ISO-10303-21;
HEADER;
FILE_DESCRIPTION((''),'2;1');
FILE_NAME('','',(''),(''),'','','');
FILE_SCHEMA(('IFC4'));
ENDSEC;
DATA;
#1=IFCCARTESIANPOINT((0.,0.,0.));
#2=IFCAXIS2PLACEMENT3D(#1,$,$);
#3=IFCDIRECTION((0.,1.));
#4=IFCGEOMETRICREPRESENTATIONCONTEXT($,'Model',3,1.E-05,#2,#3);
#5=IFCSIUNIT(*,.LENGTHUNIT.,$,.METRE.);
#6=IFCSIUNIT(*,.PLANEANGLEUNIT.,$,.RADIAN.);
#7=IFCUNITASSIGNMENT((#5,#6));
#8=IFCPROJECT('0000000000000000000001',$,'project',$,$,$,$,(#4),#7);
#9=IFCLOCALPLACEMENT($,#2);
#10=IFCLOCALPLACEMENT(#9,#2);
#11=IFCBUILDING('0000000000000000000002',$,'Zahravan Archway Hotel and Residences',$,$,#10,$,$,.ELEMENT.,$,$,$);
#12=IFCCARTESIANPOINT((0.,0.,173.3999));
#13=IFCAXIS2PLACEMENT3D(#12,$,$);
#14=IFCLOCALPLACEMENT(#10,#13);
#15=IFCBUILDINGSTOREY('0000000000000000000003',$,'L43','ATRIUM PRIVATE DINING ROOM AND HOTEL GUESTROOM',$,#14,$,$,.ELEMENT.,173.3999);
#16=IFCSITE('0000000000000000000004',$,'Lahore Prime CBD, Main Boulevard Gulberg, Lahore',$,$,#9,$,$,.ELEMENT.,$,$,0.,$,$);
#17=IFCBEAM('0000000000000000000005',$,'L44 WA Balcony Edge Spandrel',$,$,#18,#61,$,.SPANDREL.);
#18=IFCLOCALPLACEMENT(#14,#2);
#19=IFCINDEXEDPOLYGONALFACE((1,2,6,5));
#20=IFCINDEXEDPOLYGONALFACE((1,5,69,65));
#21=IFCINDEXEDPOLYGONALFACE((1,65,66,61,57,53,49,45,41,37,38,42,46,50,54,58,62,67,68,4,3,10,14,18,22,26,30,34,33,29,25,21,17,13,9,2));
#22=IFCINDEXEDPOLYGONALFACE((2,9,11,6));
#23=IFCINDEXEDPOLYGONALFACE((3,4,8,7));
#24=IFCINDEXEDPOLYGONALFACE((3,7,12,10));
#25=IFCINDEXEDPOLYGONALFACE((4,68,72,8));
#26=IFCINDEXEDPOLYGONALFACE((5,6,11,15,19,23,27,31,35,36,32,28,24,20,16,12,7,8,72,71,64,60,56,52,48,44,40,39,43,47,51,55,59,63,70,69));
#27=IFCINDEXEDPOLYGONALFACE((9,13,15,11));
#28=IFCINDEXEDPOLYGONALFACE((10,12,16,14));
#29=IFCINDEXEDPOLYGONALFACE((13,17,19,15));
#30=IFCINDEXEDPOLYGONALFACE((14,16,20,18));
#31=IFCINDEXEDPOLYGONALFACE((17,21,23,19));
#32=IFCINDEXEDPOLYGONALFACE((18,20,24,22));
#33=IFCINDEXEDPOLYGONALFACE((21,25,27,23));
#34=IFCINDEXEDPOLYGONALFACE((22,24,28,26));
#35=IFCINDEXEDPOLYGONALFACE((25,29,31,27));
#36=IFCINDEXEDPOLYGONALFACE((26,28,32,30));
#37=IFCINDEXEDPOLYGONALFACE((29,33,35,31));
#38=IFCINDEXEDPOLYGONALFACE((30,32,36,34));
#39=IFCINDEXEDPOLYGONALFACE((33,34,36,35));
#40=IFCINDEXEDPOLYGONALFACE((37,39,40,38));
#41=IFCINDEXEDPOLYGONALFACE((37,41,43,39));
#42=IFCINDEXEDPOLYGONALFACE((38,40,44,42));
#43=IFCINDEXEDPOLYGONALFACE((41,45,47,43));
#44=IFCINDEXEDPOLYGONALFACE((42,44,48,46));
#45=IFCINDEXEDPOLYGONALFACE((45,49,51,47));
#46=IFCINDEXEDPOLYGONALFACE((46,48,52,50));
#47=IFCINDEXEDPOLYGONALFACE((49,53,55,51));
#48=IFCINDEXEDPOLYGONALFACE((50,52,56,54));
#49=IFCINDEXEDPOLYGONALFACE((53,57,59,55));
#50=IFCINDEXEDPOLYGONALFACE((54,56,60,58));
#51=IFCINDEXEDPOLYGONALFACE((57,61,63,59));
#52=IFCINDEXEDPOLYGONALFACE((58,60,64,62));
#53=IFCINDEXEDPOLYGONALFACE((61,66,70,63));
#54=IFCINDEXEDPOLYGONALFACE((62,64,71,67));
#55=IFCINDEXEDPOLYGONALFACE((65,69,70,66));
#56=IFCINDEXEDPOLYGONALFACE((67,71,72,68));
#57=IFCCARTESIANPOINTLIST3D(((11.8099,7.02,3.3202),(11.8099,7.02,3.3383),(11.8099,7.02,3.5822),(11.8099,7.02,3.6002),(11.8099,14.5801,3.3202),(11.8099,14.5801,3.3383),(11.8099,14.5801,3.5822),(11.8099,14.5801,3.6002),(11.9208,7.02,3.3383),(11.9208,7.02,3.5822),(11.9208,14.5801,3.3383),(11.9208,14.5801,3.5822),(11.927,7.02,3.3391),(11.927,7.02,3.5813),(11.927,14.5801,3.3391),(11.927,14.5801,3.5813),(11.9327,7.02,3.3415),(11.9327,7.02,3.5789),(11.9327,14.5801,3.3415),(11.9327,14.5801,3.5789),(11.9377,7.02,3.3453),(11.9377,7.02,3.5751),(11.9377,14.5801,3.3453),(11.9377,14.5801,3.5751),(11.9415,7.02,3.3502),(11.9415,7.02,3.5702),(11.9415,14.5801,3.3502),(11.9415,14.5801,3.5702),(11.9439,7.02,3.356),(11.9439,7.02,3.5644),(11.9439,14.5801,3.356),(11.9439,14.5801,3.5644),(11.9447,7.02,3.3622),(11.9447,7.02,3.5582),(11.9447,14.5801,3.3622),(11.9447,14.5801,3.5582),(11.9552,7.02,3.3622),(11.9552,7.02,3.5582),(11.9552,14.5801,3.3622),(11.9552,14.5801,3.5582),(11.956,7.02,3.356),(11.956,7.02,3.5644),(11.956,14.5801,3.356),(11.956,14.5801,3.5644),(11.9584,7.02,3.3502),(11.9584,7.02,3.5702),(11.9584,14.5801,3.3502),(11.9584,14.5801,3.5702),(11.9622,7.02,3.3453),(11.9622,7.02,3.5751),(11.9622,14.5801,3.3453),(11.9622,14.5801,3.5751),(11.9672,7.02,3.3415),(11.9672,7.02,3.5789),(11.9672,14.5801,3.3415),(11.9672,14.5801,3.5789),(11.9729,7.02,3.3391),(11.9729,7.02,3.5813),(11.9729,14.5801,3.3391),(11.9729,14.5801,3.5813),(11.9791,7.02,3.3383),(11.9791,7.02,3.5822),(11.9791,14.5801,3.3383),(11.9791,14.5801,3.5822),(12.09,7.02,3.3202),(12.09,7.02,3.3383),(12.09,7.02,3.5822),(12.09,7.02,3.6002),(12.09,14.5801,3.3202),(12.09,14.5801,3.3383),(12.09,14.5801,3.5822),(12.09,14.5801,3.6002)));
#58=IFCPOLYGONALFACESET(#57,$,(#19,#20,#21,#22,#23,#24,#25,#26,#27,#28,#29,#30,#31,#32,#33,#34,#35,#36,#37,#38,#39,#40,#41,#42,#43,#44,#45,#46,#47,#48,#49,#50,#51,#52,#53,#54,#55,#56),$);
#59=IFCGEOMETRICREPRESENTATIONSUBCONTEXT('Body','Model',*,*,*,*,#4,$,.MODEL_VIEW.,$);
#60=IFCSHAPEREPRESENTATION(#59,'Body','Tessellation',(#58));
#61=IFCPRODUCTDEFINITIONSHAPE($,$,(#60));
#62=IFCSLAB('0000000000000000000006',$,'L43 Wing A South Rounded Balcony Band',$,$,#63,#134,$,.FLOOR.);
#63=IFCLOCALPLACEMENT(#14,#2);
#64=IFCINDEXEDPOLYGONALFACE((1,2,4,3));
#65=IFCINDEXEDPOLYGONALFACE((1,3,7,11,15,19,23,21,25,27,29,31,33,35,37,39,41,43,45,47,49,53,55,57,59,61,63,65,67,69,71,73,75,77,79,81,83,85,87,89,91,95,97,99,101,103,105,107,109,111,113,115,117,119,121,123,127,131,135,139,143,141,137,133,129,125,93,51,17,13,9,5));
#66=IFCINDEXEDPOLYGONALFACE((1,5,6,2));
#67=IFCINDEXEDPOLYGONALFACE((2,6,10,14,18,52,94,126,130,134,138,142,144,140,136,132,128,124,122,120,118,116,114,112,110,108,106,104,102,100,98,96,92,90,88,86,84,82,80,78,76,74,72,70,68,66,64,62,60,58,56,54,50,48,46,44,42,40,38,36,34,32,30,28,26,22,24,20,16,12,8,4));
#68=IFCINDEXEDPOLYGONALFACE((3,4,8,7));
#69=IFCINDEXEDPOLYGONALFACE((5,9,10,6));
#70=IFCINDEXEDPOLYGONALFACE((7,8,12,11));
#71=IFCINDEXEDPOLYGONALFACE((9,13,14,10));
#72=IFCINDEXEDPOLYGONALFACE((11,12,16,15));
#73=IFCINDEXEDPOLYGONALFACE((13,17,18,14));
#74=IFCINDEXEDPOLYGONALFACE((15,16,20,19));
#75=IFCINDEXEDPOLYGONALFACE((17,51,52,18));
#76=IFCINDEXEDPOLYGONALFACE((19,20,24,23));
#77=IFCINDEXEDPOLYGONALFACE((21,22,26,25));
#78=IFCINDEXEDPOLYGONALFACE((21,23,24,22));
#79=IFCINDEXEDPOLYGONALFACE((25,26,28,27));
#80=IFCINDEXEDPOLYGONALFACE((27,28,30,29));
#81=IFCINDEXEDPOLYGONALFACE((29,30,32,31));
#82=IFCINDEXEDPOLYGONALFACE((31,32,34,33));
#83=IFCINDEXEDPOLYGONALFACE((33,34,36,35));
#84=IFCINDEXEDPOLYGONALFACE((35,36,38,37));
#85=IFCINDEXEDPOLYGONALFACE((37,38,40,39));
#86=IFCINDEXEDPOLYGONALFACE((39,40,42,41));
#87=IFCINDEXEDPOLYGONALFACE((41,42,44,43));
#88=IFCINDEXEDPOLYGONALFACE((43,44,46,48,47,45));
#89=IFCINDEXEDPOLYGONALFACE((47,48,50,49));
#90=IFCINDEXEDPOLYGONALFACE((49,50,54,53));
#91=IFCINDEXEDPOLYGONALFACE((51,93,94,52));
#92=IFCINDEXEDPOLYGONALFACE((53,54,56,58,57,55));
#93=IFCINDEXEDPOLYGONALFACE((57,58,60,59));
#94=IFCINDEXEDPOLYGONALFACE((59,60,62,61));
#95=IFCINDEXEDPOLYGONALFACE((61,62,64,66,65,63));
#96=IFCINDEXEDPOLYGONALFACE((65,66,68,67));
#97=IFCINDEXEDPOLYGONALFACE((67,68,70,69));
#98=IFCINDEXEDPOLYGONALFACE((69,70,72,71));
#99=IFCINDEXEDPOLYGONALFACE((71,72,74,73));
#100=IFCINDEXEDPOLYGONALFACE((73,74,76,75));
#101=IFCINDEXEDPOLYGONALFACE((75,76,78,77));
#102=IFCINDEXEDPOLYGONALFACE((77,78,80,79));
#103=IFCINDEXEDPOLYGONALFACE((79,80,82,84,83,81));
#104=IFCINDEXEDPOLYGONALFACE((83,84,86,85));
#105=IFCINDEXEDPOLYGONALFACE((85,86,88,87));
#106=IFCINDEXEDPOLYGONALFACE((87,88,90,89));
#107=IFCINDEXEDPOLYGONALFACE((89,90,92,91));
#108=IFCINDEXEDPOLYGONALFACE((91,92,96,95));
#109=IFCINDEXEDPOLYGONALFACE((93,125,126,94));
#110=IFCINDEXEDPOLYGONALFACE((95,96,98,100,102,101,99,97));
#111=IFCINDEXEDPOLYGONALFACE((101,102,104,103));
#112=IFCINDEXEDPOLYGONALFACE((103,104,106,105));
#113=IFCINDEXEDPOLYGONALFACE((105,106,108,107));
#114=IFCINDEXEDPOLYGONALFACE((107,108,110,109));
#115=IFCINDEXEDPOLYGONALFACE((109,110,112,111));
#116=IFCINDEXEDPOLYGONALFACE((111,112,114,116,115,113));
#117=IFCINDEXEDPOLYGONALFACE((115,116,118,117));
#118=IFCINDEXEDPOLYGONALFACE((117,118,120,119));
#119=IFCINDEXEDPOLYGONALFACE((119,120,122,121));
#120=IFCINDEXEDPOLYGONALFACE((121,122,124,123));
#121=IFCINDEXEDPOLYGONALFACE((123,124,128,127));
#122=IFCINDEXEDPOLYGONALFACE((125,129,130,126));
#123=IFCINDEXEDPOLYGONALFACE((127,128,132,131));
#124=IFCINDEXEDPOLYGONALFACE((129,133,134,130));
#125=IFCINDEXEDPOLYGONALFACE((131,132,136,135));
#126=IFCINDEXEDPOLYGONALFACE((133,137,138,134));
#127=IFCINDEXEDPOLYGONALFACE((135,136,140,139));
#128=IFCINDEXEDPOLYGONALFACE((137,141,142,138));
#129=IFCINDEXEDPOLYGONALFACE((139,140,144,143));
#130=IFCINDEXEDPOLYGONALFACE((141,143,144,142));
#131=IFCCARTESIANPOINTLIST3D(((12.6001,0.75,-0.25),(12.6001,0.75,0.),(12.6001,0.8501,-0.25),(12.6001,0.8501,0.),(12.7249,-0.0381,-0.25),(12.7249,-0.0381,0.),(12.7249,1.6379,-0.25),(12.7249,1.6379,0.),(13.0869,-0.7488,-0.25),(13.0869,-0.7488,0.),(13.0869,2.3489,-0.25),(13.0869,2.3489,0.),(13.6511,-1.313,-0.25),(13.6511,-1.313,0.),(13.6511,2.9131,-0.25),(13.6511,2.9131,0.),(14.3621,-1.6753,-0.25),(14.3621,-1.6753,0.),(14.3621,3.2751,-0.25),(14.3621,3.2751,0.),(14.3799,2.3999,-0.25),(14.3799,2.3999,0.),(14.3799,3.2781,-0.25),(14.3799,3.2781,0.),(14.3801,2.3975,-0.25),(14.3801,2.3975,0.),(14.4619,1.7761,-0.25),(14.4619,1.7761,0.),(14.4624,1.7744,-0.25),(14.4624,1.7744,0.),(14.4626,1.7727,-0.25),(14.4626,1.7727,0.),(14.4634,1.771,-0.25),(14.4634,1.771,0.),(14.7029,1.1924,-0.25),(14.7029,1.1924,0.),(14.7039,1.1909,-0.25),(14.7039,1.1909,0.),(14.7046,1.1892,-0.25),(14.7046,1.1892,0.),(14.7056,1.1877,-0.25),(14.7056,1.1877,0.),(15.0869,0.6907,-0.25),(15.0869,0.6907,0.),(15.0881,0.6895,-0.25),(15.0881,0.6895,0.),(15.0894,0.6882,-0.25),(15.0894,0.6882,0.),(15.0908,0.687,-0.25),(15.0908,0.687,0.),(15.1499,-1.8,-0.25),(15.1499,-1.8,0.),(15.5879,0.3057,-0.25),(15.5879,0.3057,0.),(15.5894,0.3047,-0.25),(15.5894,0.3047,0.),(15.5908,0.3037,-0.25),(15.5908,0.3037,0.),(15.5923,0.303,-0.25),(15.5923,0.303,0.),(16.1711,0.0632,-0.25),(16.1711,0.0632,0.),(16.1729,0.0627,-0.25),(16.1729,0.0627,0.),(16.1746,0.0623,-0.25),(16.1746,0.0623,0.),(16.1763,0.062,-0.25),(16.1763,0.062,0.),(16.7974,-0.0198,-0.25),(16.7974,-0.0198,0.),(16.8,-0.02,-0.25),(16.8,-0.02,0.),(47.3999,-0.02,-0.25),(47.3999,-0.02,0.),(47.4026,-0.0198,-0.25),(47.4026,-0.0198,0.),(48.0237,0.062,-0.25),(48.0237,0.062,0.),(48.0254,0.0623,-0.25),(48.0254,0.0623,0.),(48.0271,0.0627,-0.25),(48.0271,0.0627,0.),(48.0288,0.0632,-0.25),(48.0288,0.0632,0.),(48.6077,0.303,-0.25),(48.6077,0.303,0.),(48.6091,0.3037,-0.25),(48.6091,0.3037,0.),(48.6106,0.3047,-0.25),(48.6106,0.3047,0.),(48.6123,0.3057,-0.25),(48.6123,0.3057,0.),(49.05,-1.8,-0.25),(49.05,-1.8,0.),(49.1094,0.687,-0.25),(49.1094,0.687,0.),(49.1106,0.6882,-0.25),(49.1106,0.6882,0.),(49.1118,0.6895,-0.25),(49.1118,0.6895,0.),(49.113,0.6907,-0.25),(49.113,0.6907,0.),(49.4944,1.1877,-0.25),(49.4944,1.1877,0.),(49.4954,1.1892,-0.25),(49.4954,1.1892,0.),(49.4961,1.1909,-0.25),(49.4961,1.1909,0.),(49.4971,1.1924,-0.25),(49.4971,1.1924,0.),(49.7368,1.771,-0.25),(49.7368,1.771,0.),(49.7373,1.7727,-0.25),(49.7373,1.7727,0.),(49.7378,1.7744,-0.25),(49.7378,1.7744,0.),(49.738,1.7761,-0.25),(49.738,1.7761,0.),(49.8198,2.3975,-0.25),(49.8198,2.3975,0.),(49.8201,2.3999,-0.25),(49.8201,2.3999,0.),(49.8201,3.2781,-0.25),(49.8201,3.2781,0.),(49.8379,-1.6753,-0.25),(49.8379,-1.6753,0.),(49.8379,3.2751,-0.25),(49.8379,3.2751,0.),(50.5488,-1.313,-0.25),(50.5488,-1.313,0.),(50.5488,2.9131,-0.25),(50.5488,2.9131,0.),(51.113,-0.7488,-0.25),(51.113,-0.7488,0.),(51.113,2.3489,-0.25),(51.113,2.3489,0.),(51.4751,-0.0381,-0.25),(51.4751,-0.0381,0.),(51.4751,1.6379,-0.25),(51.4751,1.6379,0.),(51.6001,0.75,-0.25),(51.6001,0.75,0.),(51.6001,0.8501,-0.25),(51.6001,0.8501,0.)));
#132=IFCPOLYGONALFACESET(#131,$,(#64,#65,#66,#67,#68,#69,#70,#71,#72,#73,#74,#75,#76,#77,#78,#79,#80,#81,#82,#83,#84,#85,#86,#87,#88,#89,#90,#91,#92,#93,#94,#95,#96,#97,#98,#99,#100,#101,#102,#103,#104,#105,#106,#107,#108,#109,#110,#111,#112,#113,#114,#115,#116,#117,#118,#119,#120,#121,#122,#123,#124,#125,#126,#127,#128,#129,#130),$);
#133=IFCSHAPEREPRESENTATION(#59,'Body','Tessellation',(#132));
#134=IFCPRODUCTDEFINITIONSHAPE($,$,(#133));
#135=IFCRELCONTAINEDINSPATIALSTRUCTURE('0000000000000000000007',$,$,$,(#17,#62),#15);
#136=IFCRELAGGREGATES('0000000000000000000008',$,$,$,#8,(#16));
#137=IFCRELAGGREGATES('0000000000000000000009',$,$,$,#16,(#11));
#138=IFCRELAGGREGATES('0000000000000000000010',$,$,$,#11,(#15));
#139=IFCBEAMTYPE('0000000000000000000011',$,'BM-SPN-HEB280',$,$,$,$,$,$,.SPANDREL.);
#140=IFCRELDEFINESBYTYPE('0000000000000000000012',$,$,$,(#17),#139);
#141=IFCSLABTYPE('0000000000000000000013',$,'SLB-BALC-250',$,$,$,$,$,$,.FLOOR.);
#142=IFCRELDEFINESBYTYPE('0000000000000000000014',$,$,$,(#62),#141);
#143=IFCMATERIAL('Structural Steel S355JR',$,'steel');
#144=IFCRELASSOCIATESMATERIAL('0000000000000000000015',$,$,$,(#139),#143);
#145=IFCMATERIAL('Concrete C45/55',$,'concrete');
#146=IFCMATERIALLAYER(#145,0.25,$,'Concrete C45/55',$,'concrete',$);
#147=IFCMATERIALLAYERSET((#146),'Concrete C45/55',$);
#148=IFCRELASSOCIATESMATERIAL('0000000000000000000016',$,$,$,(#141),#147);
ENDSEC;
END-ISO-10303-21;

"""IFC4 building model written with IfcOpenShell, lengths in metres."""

from ifc_helpers import new_model, si_unit, direction, frame, origin, origin_2d, place, context, subcontext, project, spatial, polyline, i_section, outline, extrude, source, transform, mapped, material, layer, layer_set, material_profile, profile_set, type_object, type_shapes, element, save


model = new_model("IFC4")

# Units and contexts
model_context = context("Model", 3, precision=1e-05, world=origin(), true_north=direction((0.0, 1.0)))
body_context = subcontext(model_context, "Body", "Model", "MODEL_VIEW")
ifc_project = project(units=[si_unit("LENGTHUNIT", "METRE"), si_unit("PLANEANGLEUNIT", "RADIAN")], contexts=[model_context])

# Site, building, storey
site_placement = place(None, origin())
site = spatial("IfcSite", under=ifc_project, at=site_placement, Name="Lahore Prime CBD, Main Boulevard Gulberg, Lahore", CompositionType="ELEMENT", RefElevation=0.0)
building_placement = place(site_placement, origin())
building = spatial("IfcBuilding", under=site, at=building_placement, Name="Zahravan Archway Hotel and Residences", CompositionType="ELEMENT")
storey_placement = place(building_placement, frame((0.0, 0.0, 173.3999)))
storey = spatial("IfcBuildingStorey", under=building, at=storey_placement, Name="L43", Description="ATRIUM PRIVATE DINING ROOM AND HOTEL GUESTROOM", CompositionType="ELEMENT", Elevation=173.3999)

# Beam
ifc_material_1 = material(Name="Structural Steel S355JR", Category="steel")
ifc_material_profile = material_profile(ifc_material_1, i_section(OverallWidth=0.28, OverallDepth=0.28, WebThickness=0.0105, FlangeThickness=0.0181, FilletRadius=0.0239, at=origin_2d()), Name="HEB 280", Category="steel")
ifc_profile_set = profile_set([ifc_material_profile], Name="Structural Steel S355JR")
beam_type = type_object("IfcBeamType", Name="BM-SPN-HEB280", PredefinedType="SPANDREL", material=ifc_profile_set)
shared_shape = source(origin(), body_context, "Body", "SweptSolid", [
    extrude(i_section(OverallWidth=0.28, OverallDepth=0.28, WebThickness=0.0105, FlangeThickness=0.0181, FilletRadius=0.0239, at=origin_2d()), origin(), (0.0, 0.0, 1.0), 7.5601),
])
type_shapes(beam_type, [shared_shape])
beam_placement = place(storey_placement, frame((11.95, 7.02, 3.4602), z_axis=(0.0, 1.0, 0.0), x_axis=(-1.0, 0.0, 0.0)))
element("IfcBeam", 1, at=beam_placement, inside=storey, type_object=beam_type, Name="L44 WA Balcony Edge Spandrel", PredefinedType="SPANDREL", context=body_context, shape_type="MappedRepresentation", body=[
    mapped(shared_shape, transform((0.0, 0.0, 0.0), scale=1.0)),
])

# Slab
ifc_material_2 = material(Name="Concrete C45/55", Category="concrete")
ifc_layer_1 = layer(ifc_material_2, 0.25, Name="Concrete C45/55", Category="concrete")
ifc_layer_set_1 = layer_set([ifc_layer_1], Name="Concrete C45/55")
slab_type_1 = type_object("IfcSlabType", Name="SLB-BALC-250", PredefinedType="FLOOR", material=ifc_layer_set_1)
slab_1_placement = place(storey_placement, frame((0.0, 0.0, -0.25)))
element("IfcSlab", 2, at=slab_1_placement, inside=storey, type_object=slab_type_1, Name="L43 Wing A South Rounded Balcony Band", PredefinedType="FLOOR", context=body_context, shape_type="SweptSolid", body=[
    extrude(outline(polyline([(49.8379, 3.2751), (50.5488, 2.9131), (51.113, 2.3489), (51.4751, 1.6379), (51.6001, 0.8501), (51.6001, 0.75), (51.4751, -0.0381), (51.113, -0.7488), (50.5488, -1.313), (49.8379, -1.6753), (49.05, -1.8), (15.1499, -1.8), (14.3621, -1.6753), (13.6511, -1.313), (13.0869, -0.7488), (12.7249, -0.0381), (12.6001, 0.75), (12.6001, 0.8501), (12.7249, 1.6379), (13.0869, 2.3489), (13.6511, 2.9131), (14.3621, 3.2751), (14.3799, 3.2781), (14.3799, 2.3999), (14.3801, 2.3975), (14.4619, 1.7761), (14.4624, 1.7744), (14.4626, 1.7727), (14.4634, 1.771), (14.7029, 1.1924), (14.7039, 1.1909), (14.7046, 1.1892), (14.7056, 1.1877), (15.0869, 0.6907), (15.0881, 0.6895), (15.0894, 0.6882), (15.0908, 0.687), (15.5879, 0.3057), (15.5894, 0.3047), (15.5908, 0.3037), (15.5923, 0.303), (16.1711, 0.0632), (16.1729, 0.0627), (16.1746, 0.0623), (16.1763, 0.062), (16.7974, -0.0198), (16.8, -0.02), (47.3999, -0.02), (47.4026, -0.0198), (48.0237, 0.062), (48.0254, 0.0623), (48.0271, 0.0627), (48.0288, 0.0632), (48.6077, 0.303), (48.6091, 0.3037), (48.6106, 0.3047), (48.6123, 0.3057), (49.1094, 0.687), (49.1106, 0.6882), (49.1118, 0.6895), (49.113, 0.6907), (49.4944, 1.1877), (49.4954, 1.1892), (49.4961, 1.1909), (49.4971, 1.1924), (49.7368, 1.771), (49.7373, 1.7727), (49.7378, 1.7744), (49.738, 1.7761), (49.8198, 2.3975), (49.8201, 2.3999), (49.8201, 3.2781), (49.8379, 3.2751)])), origin(), (0.0, 0.0, 1.0), 0.25),
])

save(model, "model.ifc")
